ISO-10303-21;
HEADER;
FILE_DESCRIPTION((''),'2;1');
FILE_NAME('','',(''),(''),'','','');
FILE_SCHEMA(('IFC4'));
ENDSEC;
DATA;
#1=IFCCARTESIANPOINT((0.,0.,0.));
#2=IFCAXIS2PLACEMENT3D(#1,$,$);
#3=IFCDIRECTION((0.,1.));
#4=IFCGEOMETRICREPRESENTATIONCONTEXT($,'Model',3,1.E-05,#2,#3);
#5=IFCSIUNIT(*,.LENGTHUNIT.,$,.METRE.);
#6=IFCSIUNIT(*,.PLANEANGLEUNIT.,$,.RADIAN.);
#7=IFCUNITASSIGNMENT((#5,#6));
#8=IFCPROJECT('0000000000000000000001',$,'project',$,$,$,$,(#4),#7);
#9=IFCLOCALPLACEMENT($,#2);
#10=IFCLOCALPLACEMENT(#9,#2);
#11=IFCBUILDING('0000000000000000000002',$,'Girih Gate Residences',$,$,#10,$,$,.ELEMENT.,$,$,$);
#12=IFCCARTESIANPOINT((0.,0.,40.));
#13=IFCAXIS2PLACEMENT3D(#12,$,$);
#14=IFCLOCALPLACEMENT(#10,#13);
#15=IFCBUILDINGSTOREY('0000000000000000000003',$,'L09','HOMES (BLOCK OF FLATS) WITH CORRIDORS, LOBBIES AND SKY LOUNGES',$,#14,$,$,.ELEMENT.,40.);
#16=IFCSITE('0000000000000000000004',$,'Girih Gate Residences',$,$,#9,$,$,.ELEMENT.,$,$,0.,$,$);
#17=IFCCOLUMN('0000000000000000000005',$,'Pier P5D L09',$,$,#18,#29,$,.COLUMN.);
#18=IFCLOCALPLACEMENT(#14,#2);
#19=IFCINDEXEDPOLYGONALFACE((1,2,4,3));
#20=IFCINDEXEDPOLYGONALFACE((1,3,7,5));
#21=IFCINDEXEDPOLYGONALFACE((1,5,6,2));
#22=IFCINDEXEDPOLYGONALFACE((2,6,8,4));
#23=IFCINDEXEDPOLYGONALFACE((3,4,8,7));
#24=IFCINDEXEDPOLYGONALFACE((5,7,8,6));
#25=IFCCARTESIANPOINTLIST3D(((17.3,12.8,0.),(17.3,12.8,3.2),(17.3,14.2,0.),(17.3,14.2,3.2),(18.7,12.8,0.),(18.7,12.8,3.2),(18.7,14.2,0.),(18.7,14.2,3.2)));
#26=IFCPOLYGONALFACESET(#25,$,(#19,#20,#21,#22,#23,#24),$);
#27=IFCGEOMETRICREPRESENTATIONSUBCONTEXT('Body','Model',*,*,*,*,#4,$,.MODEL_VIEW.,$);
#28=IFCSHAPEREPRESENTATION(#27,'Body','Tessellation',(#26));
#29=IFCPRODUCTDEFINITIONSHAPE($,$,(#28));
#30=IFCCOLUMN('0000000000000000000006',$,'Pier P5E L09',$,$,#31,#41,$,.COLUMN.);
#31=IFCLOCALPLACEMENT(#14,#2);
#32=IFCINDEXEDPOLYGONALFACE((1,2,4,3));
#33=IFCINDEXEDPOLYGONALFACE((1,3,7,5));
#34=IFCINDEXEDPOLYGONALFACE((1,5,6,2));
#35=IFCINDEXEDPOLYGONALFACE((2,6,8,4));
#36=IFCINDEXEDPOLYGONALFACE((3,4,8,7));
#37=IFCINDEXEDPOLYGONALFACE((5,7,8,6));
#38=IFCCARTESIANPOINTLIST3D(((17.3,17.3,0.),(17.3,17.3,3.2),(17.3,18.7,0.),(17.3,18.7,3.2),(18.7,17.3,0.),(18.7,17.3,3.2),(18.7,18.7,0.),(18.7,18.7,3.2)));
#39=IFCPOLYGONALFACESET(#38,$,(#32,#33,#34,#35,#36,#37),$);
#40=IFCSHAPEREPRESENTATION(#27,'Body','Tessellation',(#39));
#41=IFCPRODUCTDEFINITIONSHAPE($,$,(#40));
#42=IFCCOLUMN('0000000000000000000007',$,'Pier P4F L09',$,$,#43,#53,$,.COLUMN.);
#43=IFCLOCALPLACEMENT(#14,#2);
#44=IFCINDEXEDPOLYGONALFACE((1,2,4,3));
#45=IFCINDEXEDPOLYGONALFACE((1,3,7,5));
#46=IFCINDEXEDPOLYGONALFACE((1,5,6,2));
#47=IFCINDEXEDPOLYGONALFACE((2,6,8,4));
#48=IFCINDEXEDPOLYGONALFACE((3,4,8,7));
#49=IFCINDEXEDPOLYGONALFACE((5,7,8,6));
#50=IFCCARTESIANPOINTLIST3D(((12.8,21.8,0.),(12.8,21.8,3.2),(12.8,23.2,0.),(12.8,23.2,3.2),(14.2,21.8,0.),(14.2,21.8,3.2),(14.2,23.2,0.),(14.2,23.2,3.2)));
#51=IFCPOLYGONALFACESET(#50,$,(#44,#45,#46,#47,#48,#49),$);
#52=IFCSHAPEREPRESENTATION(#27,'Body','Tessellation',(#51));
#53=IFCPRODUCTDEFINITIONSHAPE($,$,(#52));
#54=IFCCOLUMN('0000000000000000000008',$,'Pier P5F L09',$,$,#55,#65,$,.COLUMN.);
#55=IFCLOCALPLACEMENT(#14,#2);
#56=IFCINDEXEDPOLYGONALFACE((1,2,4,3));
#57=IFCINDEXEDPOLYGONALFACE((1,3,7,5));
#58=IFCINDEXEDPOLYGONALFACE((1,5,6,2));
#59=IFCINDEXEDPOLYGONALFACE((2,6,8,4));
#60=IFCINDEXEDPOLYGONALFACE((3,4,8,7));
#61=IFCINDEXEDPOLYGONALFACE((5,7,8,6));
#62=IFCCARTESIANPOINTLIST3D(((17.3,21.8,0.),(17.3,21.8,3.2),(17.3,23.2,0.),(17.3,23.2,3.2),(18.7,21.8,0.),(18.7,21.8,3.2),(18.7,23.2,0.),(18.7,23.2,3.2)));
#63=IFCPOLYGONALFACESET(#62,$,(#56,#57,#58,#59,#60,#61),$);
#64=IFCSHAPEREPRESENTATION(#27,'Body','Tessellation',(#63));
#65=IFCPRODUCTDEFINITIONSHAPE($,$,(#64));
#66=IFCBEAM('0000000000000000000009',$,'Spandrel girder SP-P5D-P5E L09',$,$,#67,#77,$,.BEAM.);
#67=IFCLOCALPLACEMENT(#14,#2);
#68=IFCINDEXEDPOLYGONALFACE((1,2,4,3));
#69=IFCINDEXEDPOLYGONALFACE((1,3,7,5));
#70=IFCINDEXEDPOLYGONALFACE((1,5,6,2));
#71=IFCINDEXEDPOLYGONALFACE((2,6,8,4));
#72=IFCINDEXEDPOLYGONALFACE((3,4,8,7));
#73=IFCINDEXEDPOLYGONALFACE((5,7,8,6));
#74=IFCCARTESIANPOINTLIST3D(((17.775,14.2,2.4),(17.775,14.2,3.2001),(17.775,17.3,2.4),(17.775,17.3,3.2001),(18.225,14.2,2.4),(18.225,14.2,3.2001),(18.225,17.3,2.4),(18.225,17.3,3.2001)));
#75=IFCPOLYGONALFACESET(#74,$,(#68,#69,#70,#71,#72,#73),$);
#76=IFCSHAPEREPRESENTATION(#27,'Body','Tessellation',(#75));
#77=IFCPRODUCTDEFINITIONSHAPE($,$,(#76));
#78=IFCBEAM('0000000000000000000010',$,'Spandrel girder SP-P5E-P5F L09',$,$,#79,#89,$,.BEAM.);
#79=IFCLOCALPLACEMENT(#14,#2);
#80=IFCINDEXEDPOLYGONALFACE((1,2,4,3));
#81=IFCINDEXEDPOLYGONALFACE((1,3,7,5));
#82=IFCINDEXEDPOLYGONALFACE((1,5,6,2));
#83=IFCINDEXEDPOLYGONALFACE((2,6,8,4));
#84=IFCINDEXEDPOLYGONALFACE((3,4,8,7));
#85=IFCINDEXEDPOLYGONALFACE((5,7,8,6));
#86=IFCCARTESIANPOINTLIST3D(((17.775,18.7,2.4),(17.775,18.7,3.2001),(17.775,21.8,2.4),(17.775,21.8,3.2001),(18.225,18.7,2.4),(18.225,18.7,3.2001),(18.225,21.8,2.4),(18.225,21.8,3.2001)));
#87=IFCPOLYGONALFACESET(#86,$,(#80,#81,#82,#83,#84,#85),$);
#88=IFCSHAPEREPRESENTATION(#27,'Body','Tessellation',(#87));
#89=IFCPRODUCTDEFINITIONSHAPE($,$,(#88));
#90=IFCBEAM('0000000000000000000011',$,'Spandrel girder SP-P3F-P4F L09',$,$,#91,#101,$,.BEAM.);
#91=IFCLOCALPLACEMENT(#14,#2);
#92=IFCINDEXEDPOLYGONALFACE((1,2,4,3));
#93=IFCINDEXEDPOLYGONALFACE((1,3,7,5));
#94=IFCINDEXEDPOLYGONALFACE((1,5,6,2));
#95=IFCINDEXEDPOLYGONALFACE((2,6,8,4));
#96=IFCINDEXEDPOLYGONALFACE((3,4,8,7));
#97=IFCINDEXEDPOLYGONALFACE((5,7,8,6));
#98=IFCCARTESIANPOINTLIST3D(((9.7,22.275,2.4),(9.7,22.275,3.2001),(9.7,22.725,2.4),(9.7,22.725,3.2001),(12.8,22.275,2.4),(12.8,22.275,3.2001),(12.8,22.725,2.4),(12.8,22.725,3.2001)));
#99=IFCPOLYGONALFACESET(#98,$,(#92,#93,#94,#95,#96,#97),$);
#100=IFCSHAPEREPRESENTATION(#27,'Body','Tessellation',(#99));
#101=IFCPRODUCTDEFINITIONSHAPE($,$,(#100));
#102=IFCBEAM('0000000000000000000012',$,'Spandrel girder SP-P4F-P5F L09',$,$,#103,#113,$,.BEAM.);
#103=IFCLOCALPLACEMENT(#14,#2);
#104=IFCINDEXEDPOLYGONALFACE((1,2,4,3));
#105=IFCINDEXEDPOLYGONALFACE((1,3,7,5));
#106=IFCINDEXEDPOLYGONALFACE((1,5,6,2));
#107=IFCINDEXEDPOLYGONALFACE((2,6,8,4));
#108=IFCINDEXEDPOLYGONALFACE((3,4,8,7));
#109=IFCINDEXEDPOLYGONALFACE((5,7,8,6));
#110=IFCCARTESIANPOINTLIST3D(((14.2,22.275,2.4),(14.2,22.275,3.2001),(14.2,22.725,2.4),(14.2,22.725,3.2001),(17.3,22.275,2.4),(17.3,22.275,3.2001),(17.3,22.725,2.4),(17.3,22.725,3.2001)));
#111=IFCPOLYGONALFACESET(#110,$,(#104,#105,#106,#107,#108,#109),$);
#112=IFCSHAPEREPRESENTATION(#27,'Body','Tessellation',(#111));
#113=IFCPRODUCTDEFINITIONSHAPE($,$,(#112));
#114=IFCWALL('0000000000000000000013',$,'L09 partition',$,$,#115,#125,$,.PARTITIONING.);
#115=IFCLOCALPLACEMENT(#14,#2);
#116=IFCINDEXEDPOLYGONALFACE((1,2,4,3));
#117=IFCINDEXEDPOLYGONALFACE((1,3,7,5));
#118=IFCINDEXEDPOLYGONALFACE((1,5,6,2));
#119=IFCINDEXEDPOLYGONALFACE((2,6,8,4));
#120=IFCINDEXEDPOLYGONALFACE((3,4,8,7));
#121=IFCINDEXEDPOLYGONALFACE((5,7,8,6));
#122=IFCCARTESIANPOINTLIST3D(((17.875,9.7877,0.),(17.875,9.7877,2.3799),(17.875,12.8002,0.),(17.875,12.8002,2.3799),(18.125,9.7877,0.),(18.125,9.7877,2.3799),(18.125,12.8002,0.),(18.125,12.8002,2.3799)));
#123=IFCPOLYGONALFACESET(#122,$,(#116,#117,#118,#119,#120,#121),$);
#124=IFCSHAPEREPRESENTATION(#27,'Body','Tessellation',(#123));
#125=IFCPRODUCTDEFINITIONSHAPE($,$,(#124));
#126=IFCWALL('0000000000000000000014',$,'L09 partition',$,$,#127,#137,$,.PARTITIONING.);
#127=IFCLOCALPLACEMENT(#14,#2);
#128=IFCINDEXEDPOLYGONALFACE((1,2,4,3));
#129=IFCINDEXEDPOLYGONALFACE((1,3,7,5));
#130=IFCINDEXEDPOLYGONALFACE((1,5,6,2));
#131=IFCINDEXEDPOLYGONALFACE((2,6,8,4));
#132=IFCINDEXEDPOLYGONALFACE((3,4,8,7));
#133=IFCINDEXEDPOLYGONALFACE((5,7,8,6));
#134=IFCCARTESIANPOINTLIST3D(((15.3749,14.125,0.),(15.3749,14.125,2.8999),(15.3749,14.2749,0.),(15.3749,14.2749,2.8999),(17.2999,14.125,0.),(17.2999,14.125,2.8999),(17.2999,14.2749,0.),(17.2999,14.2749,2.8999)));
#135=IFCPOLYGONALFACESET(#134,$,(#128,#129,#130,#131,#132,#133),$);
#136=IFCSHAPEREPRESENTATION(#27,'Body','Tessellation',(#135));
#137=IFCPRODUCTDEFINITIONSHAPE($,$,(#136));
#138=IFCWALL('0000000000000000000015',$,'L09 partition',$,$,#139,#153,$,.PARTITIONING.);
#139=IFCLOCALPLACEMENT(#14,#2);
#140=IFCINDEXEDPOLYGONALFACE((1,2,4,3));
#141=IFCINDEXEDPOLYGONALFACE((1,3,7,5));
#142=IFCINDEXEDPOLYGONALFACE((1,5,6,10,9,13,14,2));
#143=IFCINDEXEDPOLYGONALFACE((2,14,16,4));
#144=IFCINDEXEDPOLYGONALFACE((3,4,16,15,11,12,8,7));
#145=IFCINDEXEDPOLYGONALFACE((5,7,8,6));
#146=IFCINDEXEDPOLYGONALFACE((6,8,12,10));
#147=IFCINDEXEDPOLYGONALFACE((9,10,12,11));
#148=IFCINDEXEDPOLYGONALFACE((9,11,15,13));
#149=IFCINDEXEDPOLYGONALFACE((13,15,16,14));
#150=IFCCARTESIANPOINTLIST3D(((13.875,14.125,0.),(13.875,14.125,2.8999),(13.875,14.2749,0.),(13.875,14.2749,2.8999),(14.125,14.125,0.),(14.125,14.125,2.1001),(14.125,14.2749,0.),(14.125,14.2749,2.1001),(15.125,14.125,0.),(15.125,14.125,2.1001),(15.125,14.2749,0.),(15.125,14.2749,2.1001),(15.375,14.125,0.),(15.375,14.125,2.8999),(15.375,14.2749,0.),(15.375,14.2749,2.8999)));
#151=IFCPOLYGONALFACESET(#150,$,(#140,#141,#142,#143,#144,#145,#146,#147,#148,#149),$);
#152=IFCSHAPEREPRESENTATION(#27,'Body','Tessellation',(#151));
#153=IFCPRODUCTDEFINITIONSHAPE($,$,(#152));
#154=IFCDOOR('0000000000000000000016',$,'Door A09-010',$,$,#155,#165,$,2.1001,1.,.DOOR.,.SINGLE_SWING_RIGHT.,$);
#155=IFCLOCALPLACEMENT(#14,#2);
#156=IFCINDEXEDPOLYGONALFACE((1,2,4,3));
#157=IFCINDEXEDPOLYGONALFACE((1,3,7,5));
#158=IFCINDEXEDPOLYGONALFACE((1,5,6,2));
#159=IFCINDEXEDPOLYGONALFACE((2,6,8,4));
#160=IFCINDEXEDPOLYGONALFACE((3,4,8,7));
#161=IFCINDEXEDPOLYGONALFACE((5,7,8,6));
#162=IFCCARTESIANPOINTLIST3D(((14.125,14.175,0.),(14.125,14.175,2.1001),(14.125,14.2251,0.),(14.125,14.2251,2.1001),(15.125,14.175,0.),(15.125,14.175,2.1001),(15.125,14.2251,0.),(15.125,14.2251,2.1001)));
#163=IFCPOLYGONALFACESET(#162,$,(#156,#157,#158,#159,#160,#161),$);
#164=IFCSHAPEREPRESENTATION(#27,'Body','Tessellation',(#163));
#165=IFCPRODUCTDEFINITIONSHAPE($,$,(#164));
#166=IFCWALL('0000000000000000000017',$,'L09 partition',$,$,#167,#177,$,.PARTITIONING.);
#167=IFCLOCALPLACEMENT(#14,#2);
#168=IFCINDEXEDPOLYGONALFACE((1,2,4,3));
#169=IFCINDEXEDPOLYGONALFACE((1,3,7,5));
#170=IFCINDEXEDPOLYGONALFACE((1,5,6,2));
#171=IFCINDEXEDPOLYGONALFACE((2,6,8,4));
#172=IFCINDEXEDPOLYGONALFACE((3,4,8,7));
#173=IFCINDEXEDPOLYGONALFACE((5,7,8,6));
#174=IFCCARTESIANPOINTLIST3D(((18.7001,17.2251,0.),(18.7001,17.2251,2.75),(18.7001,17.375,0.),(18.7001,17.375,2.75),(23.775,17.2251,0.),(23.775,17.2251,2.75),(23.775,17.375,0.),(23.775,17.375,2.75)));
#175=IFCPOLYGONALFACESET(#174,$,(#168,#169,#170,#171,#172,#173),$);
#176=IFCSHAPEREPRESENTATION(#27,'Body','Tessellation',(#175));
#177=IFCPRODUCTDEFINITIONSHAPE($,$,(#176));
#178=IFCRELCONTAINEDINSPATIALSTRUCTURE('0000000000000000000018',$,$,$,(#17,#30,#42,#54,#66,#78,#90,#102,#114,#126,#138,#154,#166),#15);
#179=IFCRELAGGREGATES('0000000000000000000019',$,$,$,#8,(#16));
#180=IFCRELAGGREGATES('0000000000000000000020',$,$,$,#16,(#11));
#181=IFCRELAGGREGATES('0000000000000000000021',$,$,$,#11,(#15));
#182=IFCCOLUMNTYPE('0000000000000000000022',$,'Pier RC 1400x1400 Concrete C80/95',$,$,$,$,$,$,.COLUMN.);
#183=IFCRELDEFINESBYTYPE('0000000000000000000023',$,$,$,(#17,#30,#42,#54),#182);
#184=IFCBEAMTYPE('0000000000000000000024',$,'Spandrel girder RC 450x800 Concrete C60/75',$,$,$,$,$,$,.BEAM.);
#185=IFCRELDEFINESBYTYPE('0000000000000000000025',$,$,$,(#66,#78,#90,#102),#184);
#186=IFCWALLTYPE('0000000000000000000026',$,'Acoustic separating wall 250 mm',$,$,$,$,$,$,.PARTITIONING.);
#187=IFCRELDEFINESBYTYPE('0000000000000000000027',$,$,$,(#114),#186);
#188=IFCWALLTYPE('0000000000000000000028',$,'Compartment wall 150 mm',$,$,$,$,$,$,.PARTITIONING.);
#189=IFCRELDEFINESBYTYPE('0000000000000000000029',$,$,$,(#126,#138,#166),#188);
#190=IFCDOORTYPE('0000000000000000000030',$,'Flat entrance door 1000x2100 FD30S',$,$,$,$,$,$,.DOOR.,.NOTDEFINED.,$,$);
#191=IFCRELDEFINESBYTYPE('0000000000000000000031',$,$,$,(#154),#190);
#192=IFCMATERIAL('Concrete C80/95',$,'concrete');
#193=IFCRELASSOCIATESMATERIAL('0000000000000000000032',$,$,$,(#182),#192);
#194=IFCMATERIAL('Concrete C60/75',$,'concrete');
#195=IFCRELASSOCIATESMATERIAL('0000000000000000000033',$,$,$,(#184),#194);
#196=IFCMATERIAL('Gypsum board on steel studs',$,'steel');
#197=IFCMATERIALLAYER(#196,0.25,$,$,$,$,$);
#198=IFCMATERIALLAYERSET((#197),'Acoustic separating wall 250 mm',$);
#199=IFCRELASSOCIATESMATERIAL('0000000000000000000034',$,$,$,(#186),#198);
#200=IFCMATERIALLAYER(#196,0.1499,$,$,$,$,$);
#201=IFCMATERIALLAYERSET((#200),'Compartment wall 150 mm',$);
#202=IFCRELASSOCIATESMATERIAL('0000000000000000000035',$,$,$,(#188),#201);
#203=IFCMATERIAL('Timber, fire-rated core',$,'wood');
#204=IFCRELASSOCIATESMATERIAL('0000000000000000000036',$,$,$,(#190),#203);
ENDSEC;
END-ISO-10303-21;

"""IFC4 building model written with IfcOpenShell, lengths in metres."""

from ifc_helpers import new_model, si_unit, direction, frame, frame_2d, origin, origin_2d, place, context, subcontext, project, spatial, rectangle, extrude, material, layer, layer_set, material_profile, profile_set, type_object, element, fill, save


model = new_model("IFC4")

# Units and contexts
model_context = context("Model", 3, precision=1e-05, world=origin(), true_north=direction((0.0, 1.0)))
body_context = subcontext(model_context, "Body", "Model", "MODEL_VIEW")
ifc_project = project(units=[si_unit("LENGTHUNIT", "METRE"), si_unit("PLANEANGLEUNIT", "RADIAN")], contexts=[model_context])

# Site, building, storey
site_placement = place(None, origin())
site = spatial("IfcSite", under=ifc_project, at=site_placement, Name="Girih Gate Residences", CompositionType="ELEMENT", RefElevation=0.0)
building_placement = place(site_placement, origin())
building = spatial("IfcBuilding", under=site, at=building_placement, Name="Girih Gate Residences", CompositionType="ELEMENT")
storey_placement = place(building_placement, frame((0.0, 0.0, 40.0)))
storey = spatial("IfcBuildingStorey", under=building, at=storey_placement, Name="L09", Description="HOMES (BLOCK OF FLATS) WITH CORRIDORS, LOBBIES AND SKY LOUNGES", CompositionType="ELEMENT", Elevation=40.0)

# Columns
ifc_material_1 = material(Name="Concrete C80/95", Category="concrete")
ifc_material_profile_1 = material_profile(ifc_material_1, rectangle(XDim=1.3999, YDim=1.3999, at=origin_2d()))
ifc_profile_set_1 = profile_set([ifc_material_profile_1], Name="Concrete C80/95")
column_type = type_object("IfcColumnType", Name="Pier RC 1400x1400 Concrete C80/95", PredefinedType="COLUMN", material=ifc_profile_set_1)
for number, where, z_axis, x_axis, name in (
    (1, (18.0, 13.5, 0.0), (0.0, 0.0, 1.0), (1.0, 0.0, 0.0), "Pier P5D L09"),
    (2, (18.0, 18.0, 0.0), (0.0, 0.0, 1.0), (1.0, 0.0, 0.0), "Pier P5E L09"),
    (3, (13.5, 22.5, 0.0), (0.0, 0.0, 1.0), (1.0, 0.0, 0.0), "Pier P4F L09"),
    (4, (18.0, 22.5, 0.0), (0.0, 0.0, 1.0), (1.0, 0.0, 0.0), "Pier P5F L09"),
):
    element("IfcColumn", number, at=place(storey_placement, frame(where, z_axis=z_axis, x_axis=x_axis)), inside=storey, type_object=column_type, Name=name, PredefinedType="COLUMN", context=body_context, shape_type="SweptSolid", body=[
        extrude(rectangle(XDim=1.3999, YDim=1.3999, at=origin_2d()), origin(), (0.0, 0.0, 1.0), 3.2),
    ])

# Beams
ifc_material_2 = material(Name="Concrete C60/75", Category="concrete")
ifc_material_profile_2 = material_profile(ifc_material_2, rectangle(XDim=0.45, YDim=0.8, at=origin_2d()))
ifc_profile_set_2 = profile_set([ifc_material_profile_2], Name="Concrete C60/75")
beam_type = type_object("IfcBeamType", Name="Spandrel girder RC 450x800 Concrete C60/75", PredefinedType="BEAM", material=ifc_profile_set_2)
for number, where, z_axis, x_axis, name in (
    (5, (18.0, 14.2, 2.8), (0.0, 1.0, 0.0), (-1.0, 0.0, 0.0), "Spandrel girder SP-P5D-P5E L09"),
    (6, (18.0, 18.7, 2.8), (0.0, 1.0, 0.0), (-1.0, 0.0, 0.0), "Spandrel girder SP-P5E-P5F L09"),
    (7, (9.7, 22.5, 2.8), (1.0, 0.0, 0.0), (0.0, 1.0, 0.0), "Spandrel girder SP-P3F-P4F L09"),
    (8, (14.2, 22.5, 2.8), (1.0, 0.0, 0.0), (0.0, 1.0, 0.0), "Spandrel girder SP-P4F-P5F L09"),
):
    element("IfcBeam", number, at=place(storey_placement, frame(where, z_axis=z_axis, x_axis=x_axis)), inside=storey, type_object=beam_type, Name=name, PredefinedType="BEAM", context=body_context, shape_type="SweptSolid", body=[
        extrude(rectangle(XDim=0.45, YDim=0.8, at=origin_2d()), origin(), (0.0, 0.0, 1.0), 3.1001),
    ])

# Walls
ifc_material_3 = material(Name="Gypsum board on steel studs", Category="steel")
ifc_layer_1 = layer(ifc_material_3, 0.25)
ifc_layer_set_1 = layer_set([ifc_layer_1], Name="Acoustic separating wall 250 mm")
wall_type_1 = type_object("IfcWallType", Name="Acoustic separating wall 250 mm", PredefinedType="PARTITIONING", material=ifc_layer_set_1)
wall_1_placement = place(storey_placement, frame((18.0, 9.7876, 0.0), z_axis=(0.0, 0.0, 1.0), x_axis=(0.0, 1.0, 0.0)))
element("IfcWall", 9, at=wall_1_placement, inside=storey, type_object=wall_type_1, Name="L09 partition", PredefinedType="PARTITIONING", context=body_context, shape_type="SweptSolid", body=[
    extrude(rectangle(XDim=3.0125, YDim=0.25, at=frame_2d((1.5063, 0.0))), origin(), (0.0, 0.0, 1.0), 2.3799),
])
ifc_layer_2 = layer(ifc_material_3, 0.1499)
ifc_layer_set_2 = layer_set([ifc_layer_2], Name="Compartment wall 150 mm")
wall_type_2 = type_object("IfcWallType", Name="Compartment wall 150 mm", PredefinedType="PARTITIONING", material=ifc_layer_set_2)
wall_2_placement = place(storey_placement, frame((15.375, 14.2, 0.0), z_axis=(0.0, 0.0, 1.0), x_axis=(1.0, 0.0, 0.0)))
element("IfcWall", 10, at=wall_2_placement, inside=storey, type_object=wall_type_2, Name="L09 partition", PredefinedType="PARTITIONING", context=body_context, shape_type="SweptSolid", body=[
    extrude(rectangle(XDim=1.925, YDim=0.1499, at=frame_2d((0.9624, 0.0))), origin(), (0.0, 0.0, 1.0), 2.8999),
])

# Wall, opening, door
wall_3_placement = place(storey_placement, frame((15.375, 14.2, 0.0), z_axis=(0.0, 0.0, 1.0), x_axis=(-1.0, 0.0, 0.0)))
wall_3 = element("IfcWall", 11, at=wall_3_placement, inside=storey, type_object=wall_type_2, Name="L09 partition", PredefinedType="PARTITIONING", context=body_context, shape_type="SweptSolid", body=[
    extrude(rectangle(XDim=1.5, YDim=0.1499, at=frame_2d((0.75, 0.0))), origin(), (0.0, 0.0, 1.0), 2.8999),
])
opening_1_placement = place(wall_3_placement, frame((0.25, 0.0, 0.0)))
opening_1 = element("IfcOpeningElement", 12, at=opening_1_placement, cuts=wall_3, PredefinedType="OPENING", context=body_context, shape_type="SweptSolid", body=[
    extrude(rectangle(XDim=1.0, YDim=2.1001, at=frame_2d((0.5, 1.05))), frame((0.0, 0.085, 0.0), z_axis=(0.0, -1.0, 0.0), x_axis=(1.0, 0.0, 0.0)), (0.0, 0.0, 1.0), 0.1699),
])
ifc_material_4 = material(Name="Timber, fire-rated core", Category="wood")
door_type_1 = type_object("IfcDoorType", Name="Flat entrance door 1000x2100 FD30S", OperationType="NOTDEFINED", PredefinedType="DOOR", material=ifc_material_4)
door_1_placement = place(opening_1_placement, origin())
door_1 = element("IfcDoor", 13, at=door_1_placement, inside=storey, type_object=door_type_1, Name="Door A09-010", OperationType="SINGLE_SWING_RIGHT", OverallHeight=2.1001, OverallWidth=1.0, PredefinedType="DOOR", context=body_context, shape_type="SweptSolid", body=[
    extrude(rectangle(XDim=1.0, YDim=2.1001, at=frame_2d((0.5, 1.05))), frame((0.0, 0.0249, 0.0), z_axis=(0.0, -1.0, 0.0), x_axis=(1.0, 0.0, 0.0)), (0.0, 0.0, 1.0), 0.05),
])
fill(opening_1, door_1)

# Wall
wall_4_placement = place(storey_placement, frame((18.7, 17.3, 0.0), z_axis=(0.0, 0.0, 1.0), x_axis=(1.0, 0.0, 0.0)))
element("IfcWall", 14, at=wall_4_placement, inside=storey, type_object=wall_type_2, Name="L09 partition", PredefinedType="PARTITIONING", context=body_context, shape_type="SweptSolid", body=[
    extrude(rectangle(XDim=5.075, YDim=0.1499, at=frame_2d((2.5376, 0.0))), origin(), (0.0, 0.0, 1.0), 2.75),
])

save(model, "model.ifc")
